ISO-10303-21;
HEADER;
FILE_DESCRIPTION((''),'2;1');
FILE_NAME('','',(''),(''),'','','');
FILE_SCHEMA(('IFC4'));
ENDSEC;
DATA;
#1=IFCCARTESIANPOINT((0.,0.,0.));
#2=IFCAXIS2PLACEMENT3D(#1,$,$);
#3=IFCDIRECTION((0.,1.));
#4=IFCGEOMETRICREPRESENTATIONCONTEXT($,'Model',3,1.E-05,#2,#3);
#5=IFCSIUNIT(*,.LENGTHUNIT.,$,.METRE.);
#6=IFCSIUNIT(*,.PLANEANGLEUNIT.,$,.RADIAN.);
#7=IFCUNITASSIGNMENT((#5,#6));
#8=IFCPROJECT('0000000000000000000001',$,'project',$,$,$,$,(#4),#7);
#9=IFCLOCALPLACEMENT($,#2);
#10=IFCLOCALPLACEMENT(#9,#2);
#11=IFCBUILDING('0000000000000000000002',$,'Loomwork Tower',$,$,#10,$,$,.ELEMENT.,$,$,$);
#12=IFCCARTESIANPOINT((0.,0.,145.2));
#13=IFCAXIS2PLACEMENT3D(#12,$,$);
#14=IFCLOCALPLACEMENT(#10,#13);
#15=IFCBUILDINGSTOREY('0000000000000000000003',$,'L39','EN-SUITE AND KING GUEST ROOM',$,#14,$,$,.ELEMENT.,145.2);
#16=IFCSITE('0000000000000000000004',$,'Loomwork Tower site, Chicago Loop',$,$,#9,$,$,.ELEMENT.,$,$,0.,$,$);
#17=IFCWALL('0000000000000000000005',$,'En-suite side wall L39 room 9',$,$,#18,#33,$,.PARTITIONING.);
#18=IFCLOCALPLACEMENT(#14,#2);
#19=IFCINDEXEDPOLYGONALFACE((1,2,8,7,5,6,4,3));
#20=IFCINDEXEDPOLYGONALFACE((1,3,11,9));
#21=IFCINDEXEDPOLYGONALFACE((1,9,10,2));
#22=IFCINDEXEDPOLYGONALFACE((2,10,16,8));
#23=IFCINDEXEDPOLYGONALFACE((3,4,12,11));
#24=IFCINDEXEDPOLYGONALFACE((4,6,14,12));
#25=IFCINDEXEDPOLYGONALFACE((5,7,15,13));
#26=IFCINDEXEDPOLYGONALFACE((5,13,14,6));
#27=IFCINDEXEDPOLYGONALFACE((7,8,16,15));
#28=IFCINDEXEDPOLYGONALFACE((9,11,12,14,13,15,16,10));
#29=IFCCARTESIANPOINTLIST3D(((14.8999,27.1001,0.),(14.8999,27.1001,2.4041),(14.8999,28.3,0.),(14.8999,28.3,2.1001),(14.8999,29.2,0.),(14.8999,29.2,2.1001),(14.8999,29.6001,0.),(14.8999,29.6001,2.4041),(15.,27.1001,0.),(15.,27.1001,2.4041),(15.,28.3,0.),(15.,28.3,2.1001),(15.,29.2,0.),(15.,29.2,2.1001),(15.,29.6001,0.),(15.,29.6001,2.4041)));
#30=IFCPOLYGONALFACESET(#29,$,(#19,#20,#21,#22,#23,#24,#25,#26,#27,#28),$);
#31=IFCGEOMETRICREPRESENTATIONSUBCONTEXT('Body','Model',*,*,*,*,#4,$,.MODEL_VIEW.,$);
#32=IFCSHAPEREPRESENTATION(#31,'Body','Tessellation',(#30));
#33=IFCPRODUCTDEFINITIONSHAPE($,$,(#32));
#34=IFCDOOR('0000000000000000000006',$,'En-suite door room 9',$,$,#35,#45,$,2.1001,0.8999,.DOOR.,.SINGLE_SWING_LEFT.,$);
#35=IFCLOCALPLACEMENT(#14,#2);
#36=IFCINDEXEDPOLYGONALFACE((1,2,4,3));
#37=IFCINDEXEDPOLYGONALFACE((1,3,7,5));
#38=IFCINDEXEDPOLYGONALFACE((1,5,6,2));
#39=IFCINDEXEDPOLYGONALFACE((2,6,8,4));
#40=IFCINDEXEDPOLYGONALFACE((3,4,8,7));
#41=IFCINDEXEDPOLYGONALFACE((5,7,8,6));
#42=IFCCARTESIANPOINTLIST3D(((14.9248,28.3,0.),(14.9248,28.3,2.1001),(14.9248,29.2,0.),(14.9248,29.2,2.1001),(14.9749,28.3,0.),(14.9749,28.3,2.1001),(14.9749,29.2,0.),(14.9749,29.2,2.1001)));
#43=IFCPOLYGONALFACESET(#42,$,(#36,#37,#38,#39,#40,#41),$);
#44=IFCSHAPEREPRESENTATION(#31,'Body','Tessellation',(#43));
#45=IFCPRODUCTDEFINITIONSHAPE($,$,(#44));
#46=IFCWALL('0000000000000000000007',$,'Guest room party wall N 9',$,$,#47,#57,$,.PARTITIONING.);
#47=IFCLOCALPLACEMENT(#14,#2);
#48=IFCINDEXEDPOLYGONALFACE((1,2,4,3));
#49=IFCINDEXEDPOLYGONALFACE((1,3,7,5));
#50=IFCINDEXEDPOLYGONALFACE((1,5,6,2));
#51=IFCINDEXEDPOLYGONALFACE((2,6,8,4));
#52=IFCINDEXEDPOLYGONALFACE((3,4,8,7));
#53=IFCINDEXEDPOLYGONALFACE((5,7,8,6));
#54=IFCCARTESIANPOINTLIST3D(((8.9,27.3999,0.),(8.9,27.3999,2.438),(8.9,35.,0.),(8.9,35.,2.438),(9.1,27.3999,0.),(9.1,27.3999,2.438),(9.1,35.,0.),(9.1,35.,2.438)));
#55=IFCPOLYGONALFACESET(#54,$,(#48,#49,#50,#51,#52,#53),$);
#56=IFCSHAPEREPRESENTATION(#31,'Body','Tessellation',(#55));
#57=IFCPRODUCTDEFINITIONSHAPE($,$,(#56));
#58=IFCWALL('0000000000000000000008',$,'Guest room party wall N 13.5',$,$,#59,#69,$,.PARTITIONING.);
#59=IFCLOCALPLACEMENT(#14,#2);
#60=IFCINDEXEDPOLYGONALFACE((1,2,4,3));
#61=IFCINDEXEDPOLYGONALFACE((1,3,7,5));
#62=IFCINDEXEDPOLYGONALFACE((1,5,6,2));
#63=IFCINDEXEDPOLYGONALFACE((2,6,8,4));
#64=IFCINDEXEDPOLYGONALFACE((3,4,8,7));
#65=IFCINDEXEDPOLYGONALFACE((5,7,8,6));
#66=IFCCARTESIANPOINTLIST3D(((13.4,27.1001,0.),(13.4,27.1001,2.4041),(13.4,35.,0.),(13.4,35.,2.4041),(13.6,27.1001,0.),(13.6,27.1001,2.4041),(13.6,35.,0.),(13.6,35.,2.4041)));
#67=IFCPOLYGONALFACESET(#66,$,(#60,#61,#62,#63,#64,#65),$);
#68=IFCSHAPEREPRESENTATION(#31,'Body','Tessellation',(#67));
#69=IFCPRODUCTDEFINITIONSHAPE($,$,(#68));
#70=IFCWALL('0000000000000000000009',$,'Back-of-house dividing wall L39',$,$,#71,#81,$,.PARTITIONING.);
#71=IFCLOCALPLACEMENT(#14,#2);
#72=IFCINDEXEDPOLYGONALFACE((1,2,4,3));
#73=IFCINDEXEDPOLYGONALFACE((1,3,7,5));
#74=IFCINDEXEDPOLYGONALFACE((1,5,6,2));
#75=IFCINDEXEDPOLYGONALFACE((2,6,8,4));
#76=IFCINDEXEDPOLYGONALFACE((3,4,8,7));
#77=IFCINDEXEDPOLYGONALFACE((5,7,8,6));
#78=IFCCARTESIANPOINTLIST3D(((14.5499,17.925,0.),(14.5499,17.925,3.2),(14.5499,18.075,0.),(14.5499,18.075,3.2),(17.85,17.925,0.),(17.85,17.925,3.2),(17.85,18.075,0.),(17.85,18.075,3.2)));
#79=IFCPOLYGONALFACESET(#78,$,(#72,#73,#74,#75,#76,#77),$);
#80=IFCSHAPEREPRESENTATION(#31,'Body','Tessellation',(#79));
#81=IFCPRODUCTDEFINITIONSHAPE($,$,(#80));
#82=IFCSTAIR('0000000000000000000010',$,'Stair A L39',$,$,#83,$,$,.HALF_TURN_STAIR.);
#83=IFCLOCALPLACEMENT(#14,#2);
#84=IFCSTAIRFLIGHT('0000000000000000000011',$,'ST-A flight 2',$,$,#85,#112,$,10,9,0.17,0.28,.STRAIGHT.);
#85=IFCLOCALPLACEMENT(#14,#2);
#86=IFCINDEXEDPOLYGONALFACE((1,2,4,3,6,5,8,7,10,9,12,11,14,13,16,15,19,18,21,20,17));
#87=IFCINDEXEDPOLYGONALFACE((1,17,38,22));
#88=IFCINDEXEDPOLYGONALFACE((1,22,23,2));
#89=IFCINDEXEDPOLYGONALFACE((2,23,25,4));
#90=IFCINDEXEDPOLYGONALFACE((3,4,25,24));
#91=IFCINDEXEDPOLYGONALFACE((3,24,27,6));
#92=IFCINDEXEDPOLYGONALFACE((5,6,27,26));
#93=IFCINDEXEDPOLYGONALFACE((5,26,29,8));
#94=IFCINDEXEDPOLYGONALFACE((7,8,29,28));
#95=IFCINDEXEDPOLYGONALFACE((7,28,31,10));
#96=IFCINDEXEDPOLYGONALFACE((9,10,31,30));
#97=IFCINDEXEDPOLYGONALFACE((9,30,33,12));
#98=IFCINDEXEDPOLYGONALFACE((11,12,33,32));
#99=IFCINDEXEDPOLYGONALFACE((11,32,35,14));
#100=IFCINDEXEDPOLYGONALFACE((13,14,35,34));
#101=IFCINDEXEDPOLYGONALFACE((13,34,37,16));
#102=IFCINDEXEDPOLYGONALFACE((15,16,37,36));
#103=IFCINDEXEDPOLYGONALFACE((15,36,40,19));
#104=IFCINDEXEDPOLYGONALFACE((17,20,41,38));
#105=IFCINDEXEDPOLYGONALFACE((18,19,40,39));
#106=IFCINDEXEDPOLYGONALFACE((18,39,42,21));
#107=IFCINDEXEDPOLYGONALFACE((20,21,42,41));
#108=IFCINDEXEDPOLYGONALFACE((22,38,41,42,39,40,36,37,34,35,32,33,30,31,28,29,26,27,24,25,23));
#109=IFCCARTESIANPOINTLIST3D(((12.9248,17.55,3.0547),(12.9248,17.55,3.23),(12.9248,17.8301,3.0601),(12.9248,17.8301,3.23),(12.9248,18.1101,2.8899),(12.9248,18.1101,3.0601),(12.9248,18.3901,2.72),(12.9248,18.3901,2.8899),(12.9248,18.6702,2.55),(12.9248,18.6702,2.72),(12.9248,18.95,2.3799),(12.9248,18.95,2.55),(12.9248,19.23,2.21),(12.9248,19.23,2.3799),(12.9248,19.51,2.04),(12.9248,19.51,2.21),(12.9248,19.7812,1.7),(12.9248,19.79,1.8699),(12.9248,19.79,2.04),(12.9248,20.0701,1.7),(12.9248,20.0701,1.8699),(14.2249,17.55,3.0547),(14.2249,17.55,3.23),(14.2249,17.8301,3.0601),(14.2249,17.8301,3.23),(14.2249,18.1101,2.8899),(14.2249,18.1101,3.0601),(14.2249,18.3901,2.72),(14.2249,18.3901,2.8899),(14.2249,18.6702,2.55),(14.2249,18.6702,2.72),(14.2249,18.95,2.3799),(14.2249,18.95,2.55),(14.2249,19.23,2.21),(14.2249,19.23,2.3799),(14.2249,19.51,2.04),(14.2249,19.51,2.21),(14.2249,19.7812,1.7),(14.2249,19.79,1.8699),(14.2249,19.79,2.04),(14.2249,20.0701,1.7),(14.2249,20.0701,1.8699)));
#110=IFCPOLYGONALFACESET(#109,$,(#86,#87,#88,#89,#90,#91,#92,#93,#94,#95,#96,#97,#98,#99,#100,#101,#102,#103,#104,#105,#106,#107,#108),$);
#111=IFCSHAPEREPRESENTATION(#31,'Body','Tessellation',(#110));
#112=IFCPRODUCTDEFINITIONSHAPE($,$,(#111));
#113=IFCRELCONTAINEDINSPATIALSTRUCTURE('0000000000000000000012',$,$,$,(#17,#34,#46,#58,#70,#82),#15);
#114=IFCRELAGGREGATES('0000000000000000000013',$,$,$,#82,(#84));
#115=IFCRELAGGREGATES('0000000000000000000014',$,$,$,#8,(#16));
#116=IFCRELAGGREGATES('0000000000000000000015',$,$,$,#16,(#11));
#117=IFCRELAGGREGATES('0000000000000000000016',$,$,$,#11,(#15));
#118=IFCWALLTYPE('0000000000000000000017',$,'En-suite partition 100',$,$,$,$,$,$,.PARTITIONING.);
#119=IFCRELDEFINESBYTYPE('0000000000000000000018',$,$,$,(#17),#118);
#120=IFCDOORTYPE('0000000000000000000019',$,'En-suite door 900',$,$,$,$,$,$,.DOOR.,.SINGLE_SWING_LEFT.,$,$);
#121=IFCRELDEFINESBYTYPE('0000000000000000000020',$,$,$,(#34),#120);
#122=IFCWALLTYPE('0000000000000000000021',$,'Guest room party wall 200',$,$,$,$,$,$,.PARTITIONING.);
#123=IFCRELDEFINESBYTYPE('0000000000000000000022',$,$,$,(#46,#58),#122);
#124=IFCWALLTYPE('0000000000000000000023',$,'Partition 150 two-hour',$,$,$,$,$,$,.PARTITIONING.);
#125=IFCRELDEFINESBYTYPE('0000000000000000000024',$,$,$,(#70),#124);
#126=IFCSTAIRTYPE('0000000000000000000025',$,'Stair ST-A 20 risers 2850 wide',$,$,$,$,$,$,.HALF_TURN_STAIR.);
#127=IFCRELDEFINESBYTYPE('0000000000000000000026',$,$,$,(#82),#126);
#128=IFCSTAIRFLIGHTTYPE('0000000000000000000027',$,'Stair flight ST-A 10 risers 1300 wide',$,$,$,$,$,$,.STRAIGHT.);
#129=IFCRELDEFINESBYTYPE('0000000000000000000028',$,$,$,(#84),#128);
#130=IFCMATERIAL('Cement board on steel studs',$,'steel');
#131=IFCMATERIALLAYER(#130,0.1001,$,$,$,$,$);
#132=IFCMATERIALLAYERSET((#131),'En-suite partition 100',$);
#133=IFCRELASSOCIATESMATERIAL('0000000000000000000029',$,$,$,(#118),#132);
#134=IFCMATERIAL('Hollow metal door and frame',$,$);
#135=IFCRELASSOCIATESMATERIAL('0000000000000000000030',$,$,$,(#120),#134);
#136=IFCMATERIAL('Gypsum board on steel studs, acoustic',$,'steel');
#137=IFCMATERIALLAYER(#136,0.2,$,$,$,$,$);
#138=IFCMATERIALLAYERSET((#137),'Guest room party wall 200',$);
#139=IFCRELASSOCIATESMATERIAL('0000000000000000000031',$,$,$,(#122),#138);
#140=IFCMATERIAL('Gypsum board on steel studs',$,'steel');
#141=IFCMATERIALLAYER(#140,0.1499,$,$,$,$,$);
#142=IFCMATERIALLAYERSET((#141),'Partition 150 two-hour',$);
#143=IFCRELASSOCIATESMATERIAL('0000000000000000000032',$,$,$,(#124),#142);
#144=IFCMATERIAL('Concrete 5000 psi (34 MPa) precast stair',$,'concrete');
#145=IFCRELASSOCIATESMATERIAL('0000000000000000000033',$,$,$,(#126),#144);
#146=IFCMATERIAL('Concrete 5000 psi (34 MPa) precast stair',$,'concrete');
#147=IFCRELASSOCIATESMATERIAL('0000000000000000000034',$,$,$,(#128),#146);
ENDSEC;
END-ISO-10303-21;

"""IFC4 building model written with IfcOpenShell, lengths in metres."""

from ifc_helpers import new_model, si_unit, direction, frame, frame_2d, origin, place, context, subcontext, project, spatial, polyline, rectangle, outline, extrude, material, layer, layer_set, type_object, element, fill, aggregate, save


model = new_model("IFC4")

# Units and contexts
model_context = context("Model", 3, precision=1e-05, world=origin(), true_north=direction((0.0, 1.0)))
body_context = subcontext(model_context, "Body", "Model", "MODEL_VIEW")
ifc_project = project(units=[si_unit("LENGTHUNIT", "METRE"), si_unit("PLANEANGLEUNIT", "RADIAN")], contexts=[model_context])

# Site, building, storey
site_placement = place(None, origin())
site = spatial("IfcSite", under=ifc_project, at=site_placement, Name="Loomwork Tower site, Chicago Loop", CompositionType="ELEMENT", RefElevation=0.0)
building_placement = place(site_placement, origin())
building = spatial("IfcBuilding", under=site, at=building_placement, Name="Loomwork Tower", CompositionType="ELEMENT")
storey_placement = place(building_placement, frame((0.0, 0.0, 145.2)))
storey = spatial("IfcBuildingStorey", under=building, at=storey_placement, Name="L39", Description="EN-SUITE AND KING GUEST ROOM", CompositionType="ELEMENT", Elevation=145.2)

# Wall, opening, door
ifc_material_1 = material(Name="Cement board on steel studs", Category="steel")
ifc_layer_1 = layer(ifc_material_1, 0.1001)
ifc_layer_set_1 = layer_set([ifc_layer_1], Name="En-suite partition 100")
wall_type_1 = type_object("IfcWallType", Name="En-suite partition 100", PredefinedType="PARTITIONING", material=ifc_layer_set_1)
ifc_material_2 = material(Name="Hollow metal door and frame")
door_type_1 = type_object("IfcDoorType", Name="En-suite door 900", OperationType="SINGLE_SWING_LEFT", PredefinedType="DOOR", material=ifc_material_2)
wall_1_placement = place(storey_placement, frame((14.95, 27.1001, 0.0), z_axis=(0.0, 0.0, 1.0), x_axis=(0.0, 1.0, 0.0)))
wall_1 = element("IfcWall", 1, at=wall_1_placement, inside=storey, type_object=wall_type_1, Name="En-suite side wall L39 room 9", PredefinedType="PARTITIONING", context=body_context, shape_type="SweptSolid", body=[
    extrude(rectangle(XDim=2.5, YDim=0.1001, at=frame_2d((1.25, 0.0))), origin(), (0.0, 0.0, 1.0), 2.4041),
])
opening_1_placement = place(wall_1_placement, frame((1.2, 0.0, 0.0)))
opening_1 = element("IfcOpeningElement", 2, at=opening_1_placement, cuts=wall_1, PredefinedType="OPENING", context=body_context, shape_type="SweptSolid", body=[
    extrude(rectangle(XDim=0.8999, YDim=2.1001, at=frame_2d((0.45, 1.05))), frame((0.0, 0.0601, 0.0), z_axis=(0.0, -1.0, 0.0), x_axis=(1.0, 0.0, 0.0)), (0.0, 0.0, 1.0), 0.1201),
])
door_1_placement = place(opening_1_placement, frame((0.8999, 0.0, 0.0), z_axis=(0.0, 0.0, 1.0), x_axis=(-1.0, 0.0, 0.0)))
door_1 = element("IfcDoor", 3, at=door_1_placement, inside=storey, type_object=door_type_1, Name="En-suite door room 9", OperationType="SINGLE_SWING_LEFT", OverallHeight=2.1001, OverallWidth=0.8999, PredefinedType="DOOR", context=body_context, shape_type="SweptSolid", body=[
    extrude(rectangle(XDim=0.8999, YDim=2.1001, at=frame_2d((0.45, 1.05))), frame((0.0, 0.0249, 0.0), z_axis=(0.0, -1.0, 0.0), x_axis=(1.0, 0.0, 0.0)), (0.0, 0.0, 1.0), 0.05),
])
fill(opening_1, door_1)

# Walls
ifc_material_3 = material(Name="Gypsum board on steel studs, acoustic", Category="steel")
ifc_layer_2 = layer(ifc_material_3, 0.2)
ifc_layer_set_2 = layer_set([ifc_layer_2], Name="Guest room party wall 200")
wall_type_2 = type_object("IfcWallType", Name="Guest room party wall 200", PredefinedType="PARTITIONING", material=ifc_layer_set_2)
wall_2_placement = place(storey_placement, frame((9.0, 27.3999, 0.0), z_axis=(0.0, 0.0, 1.0), x_axis=(0.0, 1.0, 0.0)))
element("IfcWall", 4, at=wall_2_placement, inside=storey, type_object=wall_type_2, Name="Guest room party wall N 9", PredefinedType="PARTITIONING", context=body_context, shape_type="SweptSolid", body=[
    extrude(rectangle(XDim=7.6001, YDim=0.2, at=frame_2d((3.8, 0.0))), origin(), (0.0, 0.0, 1.0), 2.438),
])
wall_3_placement = place(storey_placement, frame((13.5, 27.1001, 0.0), z_axis=(0.0, 0.0, 1.0), x_axis=(0.0, 1.0, 0.0)))
element("IfcWall", 5, at=wall_3_placement, inside=storey, type_object=wall_type_2, Name="Guest room party wall N 13.5", PredefinedType="PARTITIONING", context=body_context, shape_type="SweptSolid", body=[
    extrude(rectangle(XDim=7.8999, YDim=0.2, at=frame_2d((3.95, 0.0))), origin(), (0.0, 0.0, 1.0), 2.4041),
])
ifc_material_4 = material(Name="Gypsum board on steel studs", Category="steel")
ifc_layer_3 = layer(ifc_material_4, 0.1499)
ifc_layer_set_3 = layer_set([ifc_layer_3], Name="Partition 150 two-hour")
wall_type_3 = type_object("IfcWallType", Name="Partition 150 two-hour", PredefinedType="PARTITIONING", material=ifc_layer_set_3)
wall_4_placement = place(storey_placement, frame((14.55, 18.0, 0.0), z_axis=(0.0, 0.0, 1.0), x_axis=(1.0, 0.0, 0.0)))
element("IfcWall", 6, at=wall_4_placement, inside=storey, type_object=wall_type_3, Name="Back-of-house dividing wall L39", PredefinedType="PARTITIONING", context=body_context, shape_type="SweptSolid", body=[
    extrude(rectangle(XDim=3.3, YDim=0.1499, at=frame_2d((1.6499, 0.0))), origin(), (0.0, 0.0, 1.0), 3.2),
])

# Stair, stair flight
ifc_material_5 = material(Name="Concrete 5000 psi (34 MPa) precast stair", Category="concrete")
stair_type = type_object("IfcStairType", Name="Stair ST-A 20 risers 2850 wide", PredefinedType="HALF_TURN_STAIR", material=ifc_material_5)
stair_placement = place(storey_placement, origin())
stair = element("IfcStair", 7, at=stair_placement, inside=storey, type_object=stair_type, Name="Stair A L39", PredefinedType="HALF_TURN_STAIR")
ifc_material_6 = material(Name="Concrete 5000 psi (34 MPa) precast stair", Category="concrete")
stair_flight_type = type_object("IfcStairFlightType", Name="Stair flight ST-A 10 risers 1300 wide", PredefinedType="STRAIGHT", material=ifc_material_6)
stair_flight_placement = place(storey_placement, frame((13.575, 20.0701, 1.7), z_axis=(0.0, 0.0, 1.0), x_axis=(0.0, -1.0, 0.0)))
stair_flight = element("IfcStairFlight", 8, at=stair_flight_placement, type_object=stair_flight_type, Name="ST-A flight 2", NumberOfRisers=10, NumberOfTreads=9, PredefinedType="STRAIGHT", RiserHeight=0.17, TreadLength=0.28, context=body_context, shape_type="SweptSolid", body=[
    extrude(outline(polyline([(0.0, 0.0), (0.0, 0.1699), (0.28, 0.1699), (0.28, 0.3401), (0.5601, 0.3401), (0.5601, 0.51), (0.8401, 0.51), (0.8401, 0.6799), (1.1201, 0.6799), (1.1201, 0.8501), (1.3999, 0.8501), (1.3999, 1.02), (1.6799, 1.02), (1.6799, 1.1899), (1.96, 1.1899), (1.96, 1.3601), (2.24, 1.3601), (2.24, 1.53), (2.52, 1.53), (2.52, 1.7), (2.52, 1.3547), (0.2888, 0.0), (0.0, 0.0)])), frame((0.0, 0.6499, 0.0), z_axis=(0.0, -1.0, 0.0), x_axis=(1.0, 0.0, 0.0)), (0.0, 0.0, 1.0), 1.3),
])
aggregate(stair, [stair_flight])

save(model, "model.ifc")
